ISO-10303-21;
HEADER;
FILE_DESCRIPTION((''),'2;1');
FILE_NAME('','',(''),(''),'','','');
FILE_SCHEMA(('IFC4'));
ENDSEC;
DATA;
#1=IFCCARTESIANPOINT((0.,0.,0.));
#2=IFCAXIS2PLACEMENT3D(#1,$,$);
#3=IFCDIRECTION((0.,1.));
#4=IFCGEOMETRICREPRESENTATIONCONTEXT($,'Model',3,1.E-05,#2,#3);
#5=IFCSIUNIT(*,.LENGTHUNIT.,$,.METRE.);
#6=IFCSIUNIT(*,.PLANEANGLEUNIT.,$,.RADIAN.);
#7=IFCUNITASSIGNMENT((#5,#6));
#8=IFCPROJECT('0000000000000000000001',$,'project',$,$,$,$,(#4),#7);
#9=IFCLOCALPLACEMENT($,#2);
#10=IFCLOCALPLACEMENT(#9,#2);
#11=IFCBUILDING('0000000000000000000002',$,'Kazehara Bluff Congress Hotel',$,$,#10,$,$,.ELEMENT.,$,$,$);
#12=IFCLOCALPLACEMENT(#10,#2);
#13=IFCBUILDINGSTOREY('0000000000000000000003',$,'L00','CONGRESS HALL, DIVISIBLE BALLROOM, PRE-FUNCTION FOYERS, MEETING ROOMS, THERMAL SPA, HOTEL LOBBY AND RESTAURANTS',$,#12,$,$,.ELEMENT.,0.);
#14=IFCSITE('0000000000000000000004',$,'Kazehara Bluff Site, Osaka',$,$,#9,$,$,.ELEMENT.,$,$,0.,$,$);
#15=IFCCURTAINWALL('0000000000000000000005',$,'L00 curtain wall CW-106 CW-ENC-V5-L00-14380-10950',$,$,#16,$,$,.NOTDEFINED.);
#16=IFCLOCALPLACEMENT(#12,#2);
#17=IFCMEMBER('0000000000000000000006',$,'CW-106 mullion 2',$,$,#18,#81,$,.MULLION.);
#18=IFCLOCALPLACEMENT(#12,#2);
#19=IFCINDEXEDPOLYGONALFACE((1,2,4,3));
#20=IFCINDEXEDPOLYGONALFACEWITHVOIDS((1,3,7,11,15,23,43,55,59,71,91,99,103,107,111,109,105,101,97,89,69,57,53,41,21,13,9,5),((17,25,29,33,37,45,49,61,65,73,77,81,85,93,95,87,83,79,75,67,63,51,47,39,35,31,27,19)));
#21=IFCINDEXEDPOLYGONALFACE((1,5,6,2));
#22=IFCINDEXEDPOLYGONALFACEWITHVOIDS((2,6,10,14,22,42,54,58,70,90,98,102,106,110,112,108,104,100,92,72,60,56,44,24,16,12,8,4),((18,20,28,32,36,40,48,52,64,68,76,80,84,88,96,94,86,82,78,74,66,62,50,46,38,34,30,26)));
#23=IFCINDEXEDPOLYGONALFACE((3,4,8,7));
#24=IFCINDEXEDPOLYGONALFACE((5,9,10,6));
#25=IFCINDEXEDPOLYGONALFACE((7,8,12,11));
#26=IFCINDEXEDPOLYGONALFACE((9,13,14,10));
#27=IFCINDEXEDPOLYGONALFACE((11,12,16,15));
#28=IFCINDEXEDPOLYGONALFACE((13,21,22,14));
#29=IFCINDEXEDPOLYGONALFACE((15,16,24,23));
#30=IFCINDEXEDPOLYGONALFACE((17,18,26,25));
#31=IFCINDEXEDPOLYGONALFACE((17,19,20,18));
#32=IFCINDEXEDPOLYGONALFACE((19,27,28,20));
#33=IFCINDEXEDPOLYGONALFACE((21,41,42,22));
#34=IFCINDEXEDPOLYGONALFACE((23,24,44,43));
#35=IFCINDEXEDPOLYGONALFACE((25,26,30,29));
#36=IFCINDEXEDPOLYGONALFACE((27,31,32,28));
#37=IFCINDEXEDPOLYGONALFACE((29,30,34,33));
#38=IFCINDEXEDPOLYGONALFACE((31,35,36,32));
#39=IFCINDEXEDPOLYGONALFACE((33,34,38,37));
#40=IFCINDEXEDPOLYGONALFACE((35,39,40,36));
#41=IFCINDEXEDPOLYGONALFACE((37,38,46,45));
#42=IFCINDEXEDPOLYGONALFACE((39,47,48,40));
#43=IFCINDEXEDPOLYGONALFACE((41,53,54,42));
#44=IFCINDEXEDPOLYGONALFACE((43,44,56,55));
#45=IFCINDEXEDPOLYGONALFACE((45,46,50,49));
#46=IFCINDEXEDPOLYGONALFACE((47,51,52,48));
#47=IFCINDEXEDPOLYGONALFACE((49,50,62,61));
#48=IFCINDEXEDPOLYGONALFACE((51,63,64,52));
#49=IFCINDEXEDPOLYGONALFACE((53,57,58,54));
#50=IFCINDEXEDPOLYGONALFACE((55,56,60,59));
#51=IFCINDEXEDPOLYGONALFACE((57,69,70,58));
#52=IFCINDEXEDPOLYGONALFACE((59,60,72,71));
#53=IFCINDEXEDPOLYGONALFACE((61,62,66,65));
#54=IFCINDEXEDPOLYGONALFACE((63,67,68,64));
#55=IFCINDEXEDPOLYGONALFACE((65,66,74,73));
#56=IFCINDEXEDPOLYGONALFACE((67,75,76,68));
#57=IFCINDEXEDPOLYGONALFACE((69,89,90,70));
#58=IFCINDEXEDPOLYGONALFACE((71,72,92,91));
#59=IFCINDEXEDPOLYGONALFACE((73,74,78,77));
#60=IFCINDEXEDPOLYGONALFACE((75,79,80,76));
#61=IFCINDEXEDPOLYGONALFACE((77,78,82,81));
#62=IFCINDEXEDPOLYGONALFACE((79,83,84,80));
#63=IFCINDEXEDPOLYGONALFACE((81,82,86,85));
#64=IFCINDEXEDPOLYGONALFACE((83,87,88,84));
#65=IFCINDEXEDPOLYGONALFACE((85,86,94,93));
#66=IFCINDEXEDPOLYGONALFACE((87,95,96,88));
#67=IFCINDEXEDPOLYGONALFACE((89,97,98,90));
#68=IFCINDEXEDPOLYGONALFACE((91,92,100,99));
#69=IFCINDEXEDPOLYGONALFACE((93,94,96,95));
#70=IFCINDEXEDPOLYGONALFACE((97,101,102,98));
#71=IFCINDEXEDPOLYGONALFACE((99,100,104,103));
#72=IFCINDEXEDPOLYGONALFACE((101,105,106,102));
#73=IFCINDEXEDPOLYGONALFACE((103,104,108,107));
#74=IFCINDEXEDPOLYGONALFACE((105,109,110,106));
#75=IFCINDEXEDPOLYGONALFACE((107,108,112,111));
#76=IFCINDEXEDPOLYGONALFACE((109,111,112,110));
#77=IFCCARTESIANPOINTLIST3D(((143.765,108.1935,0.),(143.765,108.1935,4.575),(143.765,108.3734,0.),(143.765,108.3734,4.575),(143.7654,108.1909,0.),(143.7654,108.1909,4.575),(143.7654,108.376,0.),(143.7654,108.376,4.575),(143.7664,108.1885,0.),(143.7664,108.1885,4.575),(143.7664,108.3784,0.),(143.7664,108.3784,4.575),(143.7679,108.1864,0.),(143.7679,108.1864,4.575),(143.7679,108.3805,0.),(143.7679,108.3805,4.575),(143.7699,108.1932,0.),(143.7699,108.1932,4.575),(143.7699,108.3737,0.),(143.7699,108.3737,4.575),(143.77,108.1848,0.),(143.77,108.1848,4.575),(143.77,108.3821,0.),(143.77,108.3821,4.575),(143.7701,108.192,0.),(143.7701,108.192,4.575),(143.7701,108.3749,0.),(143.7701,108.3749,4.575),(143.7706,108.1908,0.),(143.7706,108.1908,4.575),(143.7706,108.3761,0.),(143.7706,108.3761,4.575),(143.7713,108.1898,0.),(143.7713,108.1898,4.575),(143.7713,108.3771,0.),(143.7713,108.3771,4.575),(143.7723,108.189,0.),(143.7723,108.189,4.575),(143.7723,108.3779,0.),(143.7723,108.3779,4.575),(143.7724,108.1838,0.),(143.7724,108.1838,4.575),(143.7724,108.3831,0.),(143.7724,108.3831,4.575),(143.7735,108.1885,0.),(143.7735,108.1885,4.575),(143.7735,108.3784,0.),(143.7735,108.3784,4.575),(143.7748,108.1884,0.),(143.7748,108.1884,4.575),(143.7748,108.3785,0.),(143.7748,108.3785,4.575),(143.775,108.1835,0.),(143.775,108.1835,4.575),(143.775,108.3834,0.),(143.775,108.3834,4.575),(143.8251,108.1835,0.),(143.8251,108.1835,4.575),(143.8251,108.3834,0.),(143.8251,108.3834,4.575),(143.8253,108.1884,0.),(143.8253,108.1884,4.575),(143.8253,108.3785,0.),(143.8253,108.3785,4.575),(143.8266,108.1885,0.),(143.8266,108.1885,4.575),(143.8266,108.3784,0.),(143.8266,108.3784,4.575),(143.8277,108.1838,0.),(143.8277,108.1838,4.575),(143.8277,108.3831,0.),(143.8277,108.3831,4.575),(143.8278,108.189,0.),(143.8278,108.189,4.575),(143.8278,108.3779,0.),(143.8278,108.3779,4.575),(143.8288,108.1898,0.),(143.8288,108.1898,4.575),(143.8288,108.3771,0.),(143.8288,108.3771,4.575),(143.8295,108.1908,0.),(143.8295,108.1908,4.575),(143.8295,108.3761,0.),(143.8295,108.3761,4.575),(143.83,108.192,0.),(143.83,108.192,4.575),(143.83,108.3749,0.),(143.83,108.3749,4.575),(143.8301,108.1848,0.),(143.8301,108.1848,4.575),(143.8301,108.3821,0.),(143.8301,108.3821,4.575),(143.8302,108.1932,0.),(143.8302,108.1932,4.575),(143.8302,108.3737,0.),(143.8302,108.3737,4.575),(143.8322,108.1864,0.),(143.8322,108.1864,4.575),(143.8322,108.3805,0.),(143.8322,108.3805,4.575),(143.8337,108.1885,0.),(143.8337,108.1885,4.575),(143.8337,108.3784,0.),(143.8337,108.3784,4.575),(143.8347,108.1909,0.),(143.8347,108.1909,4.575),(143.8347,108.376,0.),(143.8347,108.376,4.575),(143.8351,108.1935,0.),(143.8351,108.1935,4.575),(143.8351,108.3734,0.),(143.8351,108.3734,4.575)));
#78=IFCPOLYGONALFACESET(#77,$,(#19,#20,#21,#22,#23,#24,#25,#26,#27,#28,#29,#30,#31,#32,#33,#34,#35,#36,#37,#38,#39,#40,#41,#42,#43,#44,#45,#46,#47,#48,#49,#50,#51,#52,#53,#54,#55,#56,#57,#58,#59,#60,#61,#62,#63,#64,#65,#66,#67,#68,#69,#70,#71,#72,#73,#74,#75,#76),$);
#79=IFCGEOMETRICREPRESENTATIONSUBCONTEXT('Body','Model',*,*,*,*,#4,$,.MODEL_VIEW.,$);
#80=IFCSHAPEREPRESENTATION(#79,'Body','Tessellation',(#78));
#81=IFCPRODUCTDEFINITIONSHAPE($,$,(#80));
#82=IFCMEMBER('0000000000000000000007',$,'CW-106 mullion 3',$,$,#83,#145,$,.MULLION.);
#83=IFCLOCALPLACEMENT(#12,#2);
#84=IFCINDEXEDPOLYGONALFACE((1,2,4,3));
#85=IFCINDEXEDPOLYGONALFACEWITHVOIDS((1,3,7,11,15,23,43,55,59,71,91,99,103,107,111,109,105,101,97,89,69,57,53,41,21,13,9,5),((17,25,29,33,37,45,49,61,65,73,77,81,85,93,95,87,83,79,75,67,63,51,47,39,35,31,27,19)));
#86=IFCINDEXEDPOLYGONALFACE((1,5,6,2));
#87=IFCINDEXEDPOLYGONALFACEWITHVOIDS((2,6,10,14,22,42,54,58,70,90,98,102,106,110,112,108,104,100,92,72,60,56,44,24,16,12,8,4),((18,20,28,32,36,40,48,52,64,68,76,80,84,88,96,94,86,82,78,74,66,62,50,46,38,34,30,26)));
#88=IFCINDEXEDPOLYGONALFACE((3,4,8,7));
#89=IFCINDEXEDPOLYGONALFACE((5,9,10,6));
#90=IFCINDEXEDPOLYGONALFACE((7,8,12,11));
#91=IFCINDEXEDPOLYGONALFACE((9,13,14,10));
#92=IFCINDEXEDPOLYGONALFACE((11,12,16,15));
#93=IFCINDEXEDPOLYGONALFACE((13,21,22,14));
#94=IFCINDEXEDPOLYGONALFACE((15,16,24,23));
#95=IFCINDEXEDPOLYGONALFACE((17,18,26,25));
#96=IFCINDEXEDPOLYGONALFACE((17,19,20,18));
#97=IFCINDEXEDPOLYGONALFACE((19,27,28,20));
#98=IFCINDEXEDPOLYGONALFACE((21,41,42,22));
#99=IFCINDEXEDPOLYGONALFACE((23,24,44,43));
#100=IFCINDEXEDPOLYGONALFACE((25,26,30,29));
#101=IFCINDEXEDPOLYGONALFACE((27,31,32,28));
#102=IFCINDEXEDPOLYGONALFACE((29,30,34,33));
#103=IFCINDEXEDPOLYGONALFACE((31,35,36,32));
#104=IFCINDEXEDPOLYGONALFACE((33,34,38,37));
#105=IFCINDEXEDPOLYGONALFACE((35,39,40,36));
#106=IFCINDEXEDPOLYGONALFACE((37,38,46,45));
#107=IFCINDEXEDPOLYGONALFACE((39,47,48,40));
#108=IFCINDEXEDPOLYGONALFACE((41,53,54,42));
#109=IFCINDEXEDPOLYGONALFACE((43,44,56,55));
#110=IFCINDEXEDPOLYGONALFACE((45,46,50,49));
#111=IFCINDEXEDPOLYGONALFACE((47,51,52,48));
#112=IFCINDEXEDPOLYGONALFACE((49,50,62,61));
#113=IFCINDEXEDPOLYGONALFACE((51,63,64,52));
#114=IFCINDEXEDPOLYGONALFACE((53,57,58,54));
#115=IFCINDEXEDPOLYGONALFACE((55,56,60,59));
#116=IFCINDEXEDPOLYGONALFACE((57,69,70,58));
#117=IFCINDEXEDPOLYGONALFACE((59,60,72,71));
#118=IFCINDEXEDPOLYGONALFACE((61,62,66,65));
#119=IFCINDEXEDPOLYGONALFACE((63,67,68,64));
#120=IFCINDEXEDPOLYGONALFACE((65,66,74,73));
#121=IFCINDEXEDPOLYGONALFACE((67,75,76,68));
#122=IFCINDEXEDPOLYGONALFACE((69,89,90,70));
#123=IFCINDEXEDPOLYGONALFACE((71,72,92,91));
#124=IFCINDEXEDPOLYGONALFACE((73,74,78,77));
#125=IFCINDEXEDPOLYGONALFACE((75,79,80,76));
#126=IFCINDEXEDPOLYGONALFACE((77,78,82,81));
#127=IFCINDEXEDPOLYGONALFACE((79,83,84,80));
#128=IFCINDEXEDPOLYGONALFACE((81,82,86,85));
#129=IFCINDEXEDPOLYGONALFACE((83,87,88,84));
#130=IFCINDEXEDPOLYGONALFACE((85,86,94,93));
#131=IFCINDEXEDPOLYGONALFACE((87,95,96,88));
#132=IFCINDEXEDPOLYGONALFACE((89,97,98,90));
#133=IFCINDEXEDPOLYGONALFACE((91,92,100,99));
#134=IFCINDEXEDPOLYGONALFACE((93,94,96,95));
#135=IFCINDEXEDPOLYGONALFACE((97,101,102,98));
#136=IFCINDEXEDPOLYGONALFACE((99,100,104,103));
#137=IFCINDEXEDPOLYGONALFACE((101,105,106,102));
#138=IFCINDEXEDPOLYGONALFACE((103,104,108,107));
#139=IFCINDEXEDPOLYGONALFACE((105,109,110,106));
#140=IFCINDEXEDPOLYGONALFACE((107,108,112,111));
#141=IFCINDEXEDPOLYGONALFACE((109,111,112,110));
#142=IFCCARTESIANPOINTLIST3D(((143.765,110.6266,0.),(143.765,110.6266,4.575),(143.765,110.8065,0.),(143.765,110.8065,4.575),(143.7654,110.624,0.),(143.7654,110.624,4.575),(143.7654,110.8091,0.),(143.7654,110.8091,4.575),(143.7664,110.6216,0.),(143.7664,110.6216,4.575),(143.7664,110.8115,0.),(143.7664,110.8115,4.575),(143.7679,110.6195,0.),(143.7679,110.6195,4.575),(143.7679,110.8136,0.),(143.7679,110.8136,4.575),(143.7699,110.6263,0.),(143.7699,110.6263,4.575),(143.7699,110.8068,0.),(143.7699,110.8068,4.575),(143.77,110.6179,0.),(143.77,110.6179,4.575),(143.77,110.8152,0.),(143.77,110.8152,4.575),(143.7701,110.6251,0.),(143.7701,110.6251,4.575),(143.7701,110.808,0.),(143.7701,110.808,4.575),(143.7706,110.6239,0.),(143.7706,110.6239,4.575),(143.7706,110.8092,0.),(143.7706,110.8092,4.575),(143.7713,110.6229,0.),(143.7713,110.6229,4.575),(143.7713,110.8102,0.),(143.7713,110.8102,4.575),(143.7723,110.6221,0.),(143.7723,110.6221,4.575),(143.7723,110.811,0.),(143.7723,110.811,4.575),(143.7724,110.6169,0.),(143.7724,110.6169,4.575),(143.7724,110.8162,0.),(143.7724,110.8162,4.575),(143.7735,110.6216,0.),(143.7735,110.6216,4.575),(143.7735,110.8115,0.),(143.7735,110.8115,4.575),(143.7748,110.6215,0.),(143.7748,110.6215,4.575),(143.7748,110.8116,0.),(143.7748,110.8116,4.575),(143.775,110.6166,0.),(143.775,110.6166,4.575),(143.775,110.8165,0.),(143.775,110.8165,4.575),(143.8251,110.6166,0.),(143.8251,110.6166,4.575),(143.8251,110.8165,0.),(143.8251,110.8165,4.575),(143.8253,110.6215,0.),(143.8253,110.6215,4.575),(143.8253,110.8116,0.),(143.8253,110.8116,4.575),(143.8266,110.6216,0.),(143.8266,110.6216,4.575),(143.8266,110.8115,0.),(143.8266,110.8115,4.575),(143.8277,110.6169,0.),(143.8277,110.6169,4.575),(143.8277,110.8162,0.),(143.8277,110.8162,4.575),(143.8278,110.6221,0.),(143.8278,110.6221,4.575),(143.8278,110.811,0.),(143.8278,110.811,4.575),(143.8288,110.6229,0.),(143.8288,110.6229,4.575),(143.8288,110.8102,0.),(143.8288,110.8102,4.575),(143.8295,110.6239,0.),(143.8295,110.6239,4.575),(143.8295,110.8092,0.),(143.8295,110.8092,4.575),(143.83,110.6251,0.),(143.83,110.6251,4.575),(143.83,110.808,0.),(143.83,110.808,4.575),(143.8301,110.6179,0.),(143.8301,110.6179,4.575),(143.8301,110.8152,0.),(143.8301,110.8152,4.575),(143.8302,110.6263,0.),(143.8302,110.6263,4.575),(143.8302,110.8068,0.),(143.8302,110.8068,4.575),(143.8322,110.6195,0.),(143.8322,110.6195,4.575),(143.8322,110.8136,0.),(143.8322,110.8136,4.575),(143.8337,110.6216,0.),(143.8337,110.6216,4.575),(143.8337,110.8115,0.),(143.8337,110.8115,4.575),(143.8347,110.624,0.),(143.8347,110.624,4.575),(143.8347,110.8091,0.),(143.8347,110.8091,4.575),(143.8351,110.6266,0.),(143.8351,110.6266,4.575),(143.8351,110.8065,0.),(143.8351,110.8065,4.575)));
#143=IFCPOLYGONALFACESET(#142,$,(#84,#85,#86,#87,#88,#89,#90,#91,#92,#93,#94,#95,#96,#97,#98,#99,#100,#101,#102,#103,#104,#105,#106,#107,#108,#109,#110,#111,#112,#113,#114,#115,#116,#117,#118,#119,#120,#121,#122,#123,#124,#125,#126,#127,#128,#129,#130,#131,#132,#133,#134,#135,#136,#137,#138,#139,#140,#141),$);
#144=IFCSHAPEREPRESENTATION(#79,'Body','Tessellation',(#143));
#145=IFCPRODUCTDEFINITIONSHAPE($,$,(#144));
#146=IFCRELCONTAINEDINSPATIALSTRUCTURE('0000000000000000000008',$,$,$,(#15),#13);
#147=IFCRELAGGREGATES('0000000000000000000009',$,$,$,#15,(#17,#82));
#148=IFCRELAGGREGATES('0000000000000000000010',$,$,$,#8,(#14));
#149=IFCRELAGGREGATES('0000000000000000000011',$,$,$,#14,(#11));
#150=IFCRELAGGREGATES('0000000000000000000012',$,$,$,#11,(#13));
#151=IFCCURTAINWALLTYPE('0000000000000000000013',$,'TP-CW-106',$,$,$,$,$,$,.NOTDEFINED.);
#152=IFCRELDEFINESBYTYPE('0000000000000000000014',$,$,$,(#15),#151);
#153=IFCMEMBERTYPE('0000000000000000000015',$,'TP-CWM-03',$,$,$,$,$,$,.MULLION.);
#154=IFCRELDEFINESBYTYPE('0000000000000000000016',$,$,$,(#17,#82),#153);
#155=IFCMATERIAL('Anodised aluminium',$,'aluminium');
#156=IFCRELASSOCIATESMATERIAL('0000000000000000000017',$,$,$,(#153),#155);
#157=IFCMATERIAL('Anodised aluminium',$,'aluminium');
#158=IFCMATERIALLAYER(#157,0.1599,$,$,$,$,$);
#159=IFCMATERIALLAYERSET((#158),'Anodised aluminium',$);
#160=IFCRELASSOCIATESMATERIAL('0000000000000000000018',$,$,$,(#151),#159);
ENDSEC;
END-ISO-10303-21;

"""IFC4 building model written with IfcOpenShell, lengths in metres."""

from ifc_helpers import new_model, si_unit, direction, frame, origin, origin_2d, place, context, subcontext, project, spatial, hollow_rectangle, extrude, material, layer, layer_set, material_profile, profile_set, type_object, element, aggregate, save


model = new_model("IFC4")

# Units and contexts
model_context = context("Model", 3, precision=1e-05, world=origin(), true_north=direction((0.0, 1.0)))
body_context = subcontext(model_context, "Body", "Model", "MODEL_VIEW")
ifc_project = project(units=[si_unit("LENGTHUNIT", "METRE"), si_unit("PLANEANGLEUNIT", "RADIAN")], contexts=[model_context])

# Site, building, storey
site_placement = place(None, origin())
site = spatial("IfcSite", under=ifc_project, at=site_placement, Name="Kazehara Bluff Site, Osaka", CompositionType="ELEMENT", RefElevation=0.0)
building_placement = place(site_placement, origin())
building = spatial("IfcBuilding", under=site, at=building_placement, Name="Kazehara Bluff Congress Hotel", CompositionType="ELEMENT")
storey_placement = place(building_placement, origin())
storey = spatial("IfcBuildingStorey", under=building, at=storey_placement, Name="L00", Description="CONGRESS HALL, DIVISIBLE BALLROOM, PRE-FUNCTION FOYERS, MEETING ROOMS, THERMAL SPA, HOTEL LOBBY AND RESTAURANTS", CompositionType="ELEMENT", Elevation=0.0)

# Shared definitions
ifc_material_1 = material(Name="Anodised aluminium", Category="aluminium")
ifc_material_profile_1 = material_profile(ifc_material_1, hollow_rectangle(XDim=0.0701, YDim=0.2, WallThickness=0.0049, InnerFilletRadius=0.0049, OuterFilletRadius=0.01, at=origin_2d()))
ifc_profile_set_1 = profile_set([ifc_material_profile_1], Name="Anodised aluminium")
member_type_1 = type_object("IfcMemberType", Name="TP-CWM-03", PredefinedType="MULLION", material=ifc_profile_set_1)

# Curtain wall, members
ifc_material_2 = material(Name="Anodised aluminium", Category="aluminium")
ifc_layer_1 = layer(ifc_material_2, 0.1599)
ifc_layer_set_1 = layer_set([ifc_layer_1], Name="Anodised aluminium")
curtain_wall_type_1 = type_object("IfcCurtainWallType", Name="TP-CW-106", PredefinedType="NOTDEFINED", material=ifc_layer_set_1)
curtain_wall_1_placement = place(storey_placement, origin())
curtain_wall_1 = element("IfcCurtainWall", 1, at=curtain_wall_1_placement, inside=storey, type_object=curtain_wall_type_1, Name="L00 curtain wall CW-106 CW-ENC-V5-L00-14380-10950", PredefinedType="NOTDEFINED")
member_1_placement = place(storey_placement, frame((143.8, 108.2834, 0.0), z_axis=(0.0, 0.0, 1.0), x_axis=(-1.0, 0.0, 0.0)))
member_1 = element("IfcMember", 2, at=member_1_placement, type_object=member_type_1, Name="CW-106 mullion 2", PredefinedType="MULLION", context=body_context, shape_type="SweptSolid", body=[
    extrude(hollow_rectangle(XDim=0.0701, YDim=0.2, WallThickness=0.0049, InnerFilletRadius=0.0049, OuterFilletRadius=0.01, at=origin_2d()), origin(), (0.0, 0.0, 1.0), 4.575),
])
member_2_placement = place(storey_placement, frame((143.8, 110.7166, 0.0), z_axis=(0.0, 0.0, 1.0), x_axis=(-1.0, 0.0, 0.0)))
member_2 = element("IfcMember", 3, at=member_2_placement, type_object=member_type_1, Name="CW-106 mullion 3", PredefinedType="MULLION", context=body_context, shape_type="SweptSolid", body=[
    extrude(hollow_rectangle(XDim=0.0701, YDim=0.2, WallThickness=0.0049, InnerFilletRadius=0.0049, OuterFilletRadius=0.01, at=origin_2d()), origin(), (0.0, 0.0, 1.0), 4.575),
])

aggregate(curtain_wall_1, [member_1, member_2])

save(model, "model.ifc")
